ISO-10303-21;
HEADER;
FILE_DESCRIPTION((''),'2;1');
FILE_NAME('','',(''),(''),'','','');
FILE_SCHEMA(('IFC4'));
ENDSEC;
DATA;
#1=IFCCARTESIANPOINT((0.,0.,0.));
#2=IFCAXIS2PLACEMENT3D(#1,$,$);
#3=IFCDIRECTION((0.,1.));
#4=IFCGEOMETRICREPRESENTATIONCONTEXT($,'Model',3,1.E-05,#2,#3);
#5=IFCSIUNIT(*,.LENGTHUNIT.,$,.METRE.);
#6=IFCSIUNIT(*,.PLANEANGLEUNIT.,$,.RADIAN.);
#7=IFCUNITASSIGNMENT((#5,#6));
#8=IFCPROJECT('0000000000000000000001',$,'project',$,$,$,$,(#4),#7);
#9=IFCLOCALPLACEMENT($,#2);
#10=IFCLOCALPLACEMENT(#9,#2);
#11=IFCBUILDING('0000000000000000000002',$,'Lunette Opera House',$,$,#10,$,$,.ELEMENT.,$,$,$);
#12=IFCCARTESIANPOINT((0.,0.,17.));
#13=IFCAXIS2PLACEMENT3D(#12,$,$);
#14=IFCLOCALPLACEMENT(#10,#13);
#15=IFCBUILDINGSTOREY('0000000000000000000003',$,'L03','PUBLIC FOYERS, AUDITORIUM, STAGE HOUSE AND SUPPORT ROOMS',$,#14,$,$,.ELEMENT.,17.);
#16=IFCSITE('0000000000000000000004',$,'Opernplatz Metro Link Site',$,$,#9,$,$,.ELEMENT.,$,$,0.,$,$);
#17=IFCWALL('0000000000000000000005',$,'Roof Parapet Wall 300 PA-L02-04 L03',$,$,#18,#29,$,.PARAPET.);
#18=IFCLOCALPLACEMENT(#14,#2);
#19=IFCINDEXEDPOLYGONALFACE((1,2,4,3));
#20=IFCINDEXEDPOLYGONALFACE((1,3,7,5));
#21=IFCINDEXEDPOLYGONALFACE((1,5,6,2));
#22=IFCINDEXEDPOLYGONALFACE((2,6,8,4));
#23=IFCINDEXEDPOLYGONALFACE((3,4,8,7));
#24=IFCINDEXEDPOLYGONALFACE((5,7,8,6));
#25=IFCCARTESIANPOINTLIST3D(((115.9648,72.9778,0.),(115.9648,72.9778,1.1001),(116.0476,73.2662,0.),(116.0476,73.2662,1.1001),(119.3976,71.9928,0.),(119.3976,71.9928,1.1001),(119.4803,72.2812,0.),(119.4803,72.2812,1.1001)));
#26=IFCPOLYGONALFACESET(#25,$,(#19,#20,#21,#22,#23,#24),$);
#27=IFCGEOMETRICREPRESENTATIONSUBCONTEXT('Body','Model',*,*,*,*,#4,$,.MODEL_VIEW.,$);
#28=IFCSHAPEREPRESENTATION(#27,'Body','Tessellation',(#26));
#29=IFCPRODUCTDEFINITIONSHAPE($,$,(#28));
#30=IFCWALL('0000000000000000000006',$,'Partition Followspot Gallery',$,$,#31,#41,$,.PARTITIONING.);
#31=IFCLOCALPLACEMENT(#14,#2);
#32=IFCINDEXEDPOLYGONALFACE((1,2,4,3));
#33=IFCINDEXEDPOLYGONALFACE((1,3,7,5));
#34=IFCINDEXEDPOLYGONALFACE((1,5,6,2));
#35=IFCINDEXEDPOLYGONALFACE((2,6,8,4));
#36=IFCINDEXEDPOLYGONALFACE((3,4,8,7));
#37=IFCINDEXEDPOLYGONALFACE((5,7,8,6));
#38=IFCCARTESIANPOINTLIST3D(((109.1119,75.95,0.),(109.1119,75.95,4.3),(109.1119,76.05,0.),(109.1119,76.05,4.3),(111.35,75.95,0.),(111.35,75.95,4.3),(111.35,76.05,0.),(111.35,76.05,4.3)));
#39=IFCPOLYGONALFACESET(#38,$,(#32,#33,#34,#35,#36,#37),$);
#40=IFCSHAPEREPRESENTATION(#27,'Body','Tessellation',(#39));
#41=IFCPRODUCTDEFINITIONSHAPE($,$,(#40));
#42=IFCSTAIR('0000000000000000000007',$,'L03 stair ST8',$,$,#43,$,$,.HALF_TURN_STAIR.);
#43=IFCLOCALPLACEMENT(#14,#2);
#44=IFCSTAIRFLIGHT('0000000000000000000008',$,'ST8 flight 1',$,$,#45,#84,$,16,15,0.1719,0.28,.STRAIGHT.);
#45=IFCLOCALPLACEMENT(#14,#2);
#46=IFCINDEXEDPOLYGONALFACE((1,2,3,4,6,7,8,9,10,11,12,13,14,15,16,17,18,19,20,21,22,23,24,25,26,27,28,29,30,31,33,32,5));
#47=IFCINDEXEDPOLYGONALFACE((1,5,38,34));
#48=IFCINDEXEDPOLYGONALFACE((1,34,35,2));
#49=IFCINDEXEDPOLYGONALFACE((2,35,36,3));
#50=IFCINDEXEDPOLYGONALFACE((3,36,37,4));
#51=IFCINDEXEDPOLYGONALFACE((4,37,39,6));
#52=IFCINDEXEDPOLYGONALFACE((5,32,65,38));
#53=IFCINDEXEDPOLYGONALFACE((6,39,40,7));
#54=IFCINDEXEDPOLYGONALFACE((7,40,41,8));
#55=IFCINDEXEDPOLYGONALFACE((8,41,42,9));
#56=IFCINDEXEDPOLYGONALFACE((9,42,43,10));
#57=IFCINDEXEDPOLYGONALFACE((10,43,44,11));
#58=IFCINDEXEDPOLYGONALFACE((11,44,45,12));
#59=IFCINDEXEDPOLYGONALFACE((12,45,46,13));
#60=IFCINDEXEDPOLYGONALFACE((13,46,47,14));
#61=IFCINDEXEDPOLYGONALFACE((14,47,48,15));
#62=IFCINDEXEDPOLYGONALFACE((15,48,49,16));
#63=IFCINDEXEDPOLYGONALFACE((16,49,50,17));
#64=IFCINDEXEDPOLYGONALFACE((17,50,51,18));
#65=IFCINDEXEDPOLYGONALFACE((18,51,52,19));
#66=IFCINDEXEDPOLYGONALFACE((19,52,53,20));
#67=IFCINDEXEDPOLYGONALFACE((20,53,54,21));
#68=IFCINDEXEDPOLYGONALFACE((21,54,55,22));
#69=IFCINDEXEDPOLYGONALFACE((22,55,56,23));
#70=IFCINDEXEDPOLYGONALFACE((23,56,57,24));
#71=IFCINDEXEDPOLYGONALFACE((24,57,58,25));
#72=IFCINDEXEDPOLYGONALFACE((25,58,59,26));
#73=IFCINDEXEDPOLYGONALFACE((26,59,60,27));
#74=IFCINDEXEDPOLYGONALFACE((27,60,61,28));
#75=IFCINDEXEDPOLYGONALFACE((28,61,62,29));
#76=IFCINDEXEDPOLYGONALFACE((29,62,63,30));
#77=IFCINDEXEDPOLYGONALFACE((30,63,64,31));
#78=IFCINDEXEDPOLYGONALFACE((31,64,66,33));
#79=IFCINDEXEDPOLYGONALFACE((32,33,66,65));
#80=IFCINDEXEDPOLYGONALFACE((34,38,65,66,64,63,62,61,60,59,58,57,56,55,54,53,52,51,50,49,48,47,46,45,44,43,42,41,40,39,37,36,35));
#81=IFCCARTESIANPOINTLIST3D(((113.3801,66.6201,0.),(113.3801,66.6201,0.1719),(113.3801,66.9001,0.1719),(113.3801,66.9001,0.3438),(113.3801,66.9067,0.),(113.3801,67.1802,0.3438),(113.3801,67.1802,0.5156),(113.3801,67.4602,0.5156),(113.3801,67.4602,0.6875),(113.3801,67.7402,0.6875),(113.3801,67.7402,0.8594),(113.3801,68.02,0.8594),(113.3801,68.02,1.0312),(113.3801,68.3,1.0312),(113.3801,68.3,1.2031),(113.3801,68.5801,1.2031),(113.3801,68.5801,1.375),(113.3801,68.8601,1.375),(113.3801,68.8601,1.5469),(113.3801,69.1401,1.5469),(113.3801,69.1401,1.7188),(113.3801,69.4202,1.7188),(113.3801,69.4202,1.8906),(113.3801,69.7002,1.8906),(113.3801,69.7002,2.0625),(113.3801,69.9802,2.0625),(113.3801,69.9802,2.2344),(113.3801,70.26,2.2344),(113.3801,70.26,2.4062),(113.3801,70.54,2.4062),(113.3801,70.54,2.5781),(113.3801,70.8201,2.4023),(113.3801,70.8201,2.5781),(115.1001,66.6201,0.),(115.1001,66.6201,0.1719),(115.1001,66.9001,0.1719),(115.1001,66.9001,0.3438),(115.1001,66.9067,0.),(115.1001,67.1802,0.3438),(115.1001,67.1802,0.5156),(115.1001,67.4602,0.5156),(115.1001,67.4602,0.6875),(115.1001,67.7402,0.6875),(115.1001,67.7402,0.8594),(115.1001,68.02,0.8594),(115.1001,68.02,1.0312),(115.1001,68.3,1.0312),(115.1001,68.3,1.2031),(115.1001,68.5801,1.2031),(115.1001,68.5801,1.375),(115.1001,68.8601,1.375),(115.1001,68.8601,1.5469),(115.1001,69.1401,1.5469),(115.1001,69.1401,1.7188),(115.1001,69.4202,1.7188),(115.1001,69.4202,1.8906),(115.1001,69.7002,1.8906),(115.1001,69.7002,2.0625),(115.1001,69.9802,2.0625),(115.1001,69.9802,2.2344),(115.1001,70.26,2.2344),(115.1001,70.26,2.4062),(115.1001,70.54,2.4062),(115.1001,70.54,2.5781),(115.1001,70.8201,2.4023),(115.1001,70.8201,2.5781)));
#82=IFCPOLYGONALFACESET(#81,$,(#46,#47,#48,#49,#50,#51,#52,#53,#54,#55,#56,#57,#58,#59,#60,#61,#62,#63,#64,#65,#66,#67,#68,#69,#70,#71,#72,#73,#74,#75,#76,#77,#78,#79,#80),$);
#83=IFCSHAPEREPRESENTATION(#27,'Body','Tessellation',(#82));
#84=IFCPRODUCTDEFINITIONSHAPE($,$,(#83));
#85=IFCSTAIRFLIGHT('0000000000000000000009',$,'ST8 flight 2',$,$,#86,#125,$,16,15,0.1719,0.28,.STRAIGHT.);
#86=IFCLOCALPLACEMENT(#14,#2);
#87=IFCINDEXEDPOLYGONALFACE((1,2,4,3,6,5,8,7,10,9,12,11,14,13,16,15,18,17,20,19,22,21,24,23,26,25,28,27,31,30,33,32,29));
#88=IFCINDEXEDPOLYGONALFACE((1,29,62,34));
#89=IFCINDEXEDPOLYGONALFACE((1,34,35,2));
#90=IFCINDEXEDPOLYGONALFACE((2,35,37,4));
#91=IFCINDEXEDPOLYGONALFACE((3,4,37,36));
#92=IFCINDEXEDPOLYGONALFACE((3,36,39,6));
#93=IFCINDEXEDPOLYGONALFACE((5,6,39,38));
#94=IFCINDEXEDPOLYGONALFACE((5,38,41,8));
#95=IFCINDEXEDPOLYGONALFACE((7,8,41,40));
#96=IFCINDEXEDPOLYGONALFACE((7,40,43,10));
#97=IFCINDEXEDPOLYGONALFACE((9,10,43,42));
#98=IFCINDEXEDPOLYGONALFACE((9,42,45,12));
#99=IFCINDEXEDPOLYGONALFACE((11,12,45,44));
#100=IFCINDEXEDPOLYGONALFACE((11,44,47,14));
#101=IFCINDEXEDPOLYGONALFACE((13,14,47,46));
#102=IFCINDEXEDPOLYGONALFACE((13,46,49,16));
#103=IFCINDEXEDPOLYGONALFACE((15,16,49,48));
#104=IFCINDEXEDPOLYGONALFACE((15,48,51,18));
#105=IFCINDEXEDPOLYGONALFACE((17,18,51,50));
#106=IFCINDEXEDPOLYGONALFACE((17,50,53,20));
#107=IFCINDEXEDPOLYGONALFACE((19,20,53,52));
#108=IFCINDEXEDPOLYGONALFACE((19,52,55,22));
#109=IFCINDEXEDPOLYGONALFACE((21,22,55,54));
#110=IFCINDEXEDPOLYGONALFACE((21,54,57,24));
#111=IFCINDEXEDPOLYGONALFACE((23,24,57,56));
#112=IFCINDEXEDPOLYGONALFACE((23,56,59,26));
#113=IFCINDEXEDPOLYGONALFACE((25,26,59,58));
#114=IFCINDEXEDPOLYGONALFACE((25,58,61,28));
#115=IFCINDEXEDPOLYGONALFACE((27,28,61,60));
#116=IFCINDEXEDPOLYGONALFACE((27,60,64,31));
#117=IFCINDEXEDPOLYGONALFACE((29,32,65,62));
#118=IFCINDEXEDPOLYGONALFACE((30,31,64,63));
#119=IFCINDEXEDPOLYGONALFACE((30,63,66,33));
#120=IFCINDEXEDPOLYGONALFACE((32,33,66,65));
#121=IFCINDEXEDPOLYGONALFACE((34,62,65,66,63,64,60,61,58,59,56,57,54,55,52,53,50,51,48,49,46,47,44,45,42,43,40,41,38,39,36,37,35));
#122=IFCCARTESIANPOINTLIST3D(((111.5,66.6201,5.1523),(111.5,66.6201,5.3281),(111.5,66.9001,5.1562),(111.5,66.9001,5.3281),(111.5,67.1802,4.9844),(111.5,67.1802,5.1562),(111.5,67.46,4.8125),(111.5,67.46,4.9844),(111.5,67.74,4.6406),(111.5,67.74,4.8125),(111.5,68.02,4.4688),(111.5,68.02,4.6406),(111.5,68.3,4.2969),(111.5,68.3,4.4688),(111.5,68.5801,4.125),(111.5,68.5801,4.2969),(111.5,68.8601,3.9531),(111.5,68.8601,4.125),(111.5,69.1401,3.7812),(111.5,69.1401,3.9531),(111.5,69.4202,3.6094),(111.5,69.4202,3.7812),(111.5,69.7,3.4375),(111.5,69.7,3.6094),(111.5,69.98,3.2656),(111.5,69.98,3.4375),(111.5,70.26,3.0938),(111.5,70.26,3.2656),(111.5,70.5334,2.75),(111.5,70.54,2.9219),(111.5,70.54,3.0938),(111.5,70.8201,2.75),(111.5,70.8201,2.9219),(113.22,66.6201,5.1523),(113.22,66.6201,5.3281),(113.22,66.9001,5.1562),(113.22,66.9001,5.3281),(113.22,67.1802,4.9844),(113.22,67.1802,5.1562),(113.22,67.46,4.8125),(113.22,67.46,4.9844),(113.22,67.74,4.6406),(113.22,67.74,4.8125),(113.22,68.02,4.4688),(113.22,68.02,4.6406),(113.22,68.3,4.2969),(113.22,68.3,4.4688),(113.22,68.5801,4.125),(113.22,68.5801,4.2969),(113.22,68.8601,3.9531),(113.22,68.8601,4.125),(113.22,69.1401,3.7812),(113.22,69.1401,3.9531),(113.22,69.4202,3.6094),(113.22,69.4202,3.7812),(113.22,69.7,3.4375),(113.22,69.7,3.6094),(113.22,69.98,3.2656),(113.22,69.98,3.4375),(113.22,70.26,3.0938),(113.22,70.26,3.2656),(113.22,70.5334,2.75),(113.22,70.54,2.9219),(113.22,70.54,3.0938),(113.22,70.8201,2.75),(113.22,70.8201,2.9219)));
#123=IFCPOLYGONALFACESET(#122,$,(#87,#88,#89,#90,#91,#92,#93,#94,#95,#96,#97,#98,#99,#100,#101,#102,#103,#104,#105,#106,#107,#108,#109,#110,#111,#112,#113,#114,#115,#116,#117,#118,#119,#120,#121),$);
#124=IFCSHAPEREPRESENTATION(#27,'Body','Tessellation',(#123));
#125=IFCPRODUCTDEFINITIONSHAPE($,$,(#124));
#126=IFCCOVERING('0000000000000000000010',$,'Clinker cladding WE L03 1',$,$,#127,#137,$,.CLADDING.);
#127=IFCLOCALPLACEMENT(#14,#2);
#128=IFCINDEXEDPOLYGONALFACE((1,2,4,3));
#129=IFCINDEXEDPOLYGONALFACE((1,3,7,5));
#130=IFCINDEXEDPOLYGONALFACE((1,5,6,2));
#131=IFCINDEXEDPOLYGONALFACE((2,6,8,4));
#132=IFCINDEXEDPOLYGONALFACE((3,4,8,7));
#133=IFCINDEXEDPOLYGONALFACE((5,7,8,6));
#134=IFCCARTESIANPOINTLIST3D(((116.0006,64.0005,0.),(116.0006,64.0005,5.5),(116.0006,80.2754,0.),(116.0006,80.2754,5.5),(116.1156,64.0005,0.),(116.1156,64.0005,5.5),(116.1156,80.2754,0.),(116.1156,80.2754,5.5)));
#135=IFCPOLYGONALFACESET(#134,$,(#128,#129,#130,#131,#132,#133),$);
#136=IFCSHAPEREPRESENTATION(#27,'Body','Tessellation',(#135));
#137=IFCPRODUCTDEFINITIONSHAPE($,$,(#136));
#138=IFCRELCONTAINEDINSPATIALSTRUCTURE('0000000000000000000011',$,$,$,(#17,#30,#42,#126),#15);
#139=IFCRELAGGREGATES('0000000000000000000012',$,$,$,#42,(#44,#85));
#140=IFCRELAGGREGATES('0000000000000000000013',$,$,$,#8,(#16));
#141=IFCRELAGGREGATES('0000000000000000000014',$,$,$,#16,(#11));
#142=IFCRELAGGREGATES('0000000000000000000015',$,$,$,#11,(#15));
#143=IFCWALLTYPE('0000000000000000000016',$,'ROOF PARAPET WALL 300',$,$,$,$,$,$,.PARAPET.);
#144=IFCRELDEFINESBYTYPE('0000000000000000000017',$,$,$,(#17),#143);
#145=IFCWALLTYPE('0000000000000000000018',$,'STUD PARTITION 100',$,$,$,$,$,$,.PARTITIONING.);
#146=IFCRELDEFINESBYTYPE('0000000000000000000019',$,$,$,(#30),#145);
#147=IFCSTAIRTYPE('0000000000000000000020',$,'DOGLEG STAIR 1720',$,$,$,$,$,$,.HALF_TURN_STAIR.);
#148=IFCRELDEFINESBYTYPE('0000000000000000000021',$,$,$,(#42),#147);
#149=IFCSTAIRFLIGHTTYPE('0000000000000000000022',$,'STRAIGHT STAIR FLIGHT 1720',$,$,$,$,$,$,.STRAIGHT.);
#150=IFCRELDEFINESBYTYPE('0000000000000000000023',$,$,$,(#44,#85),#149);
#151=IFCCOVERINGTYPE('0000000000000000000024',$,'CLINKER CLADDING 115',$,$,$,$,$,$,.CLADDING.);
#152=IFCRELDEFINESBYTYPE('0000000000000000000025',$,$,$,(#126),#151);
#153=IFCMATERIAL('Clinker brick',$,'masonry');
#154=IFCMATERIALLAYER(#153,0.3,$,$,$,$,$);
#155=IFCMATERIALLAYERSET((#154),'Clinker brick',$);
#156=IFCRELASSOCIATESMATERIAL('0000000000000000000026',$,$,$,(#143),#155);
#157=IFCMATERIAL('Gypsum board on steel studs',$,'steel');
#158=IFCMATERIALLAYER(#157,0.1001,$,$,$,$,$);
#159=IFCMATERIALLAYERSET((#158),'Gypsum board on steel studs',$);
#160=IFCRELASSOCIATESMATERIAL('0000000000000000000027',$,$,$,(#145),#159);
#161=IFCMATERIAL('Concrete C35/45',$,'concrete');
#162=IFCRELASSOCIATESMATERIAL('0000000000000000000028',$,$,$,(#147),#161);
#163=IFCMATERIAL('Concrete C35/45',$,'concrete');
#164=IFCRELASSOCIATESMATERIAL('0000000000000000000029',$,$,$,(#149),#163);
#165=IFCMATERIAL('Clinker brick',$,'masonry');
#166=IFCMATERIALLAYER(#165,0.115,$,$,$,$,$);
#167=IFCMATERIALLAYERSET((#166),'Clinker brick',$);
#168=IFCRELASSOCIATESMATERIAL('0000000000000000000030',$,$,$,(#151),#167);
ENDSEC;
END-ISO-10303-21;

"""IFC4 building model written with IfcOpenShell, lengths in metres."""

from ifc_helpers import new_model, si_unit, direction, frame, frame_2d, origin, origin_2d, place, context, subcontext, project, spatial, polyline, rectangle, outline, extrude, material, layer, layer_set, type_object, element, aggregate, save


model = new_model("IFC4")

# Units and contexts
model_context = context("Model", 3, precision=1e-05, world=origin(), true_north=direction((0.0, 1.0)))
body_context = subcontext(model_context, "Body", "Model", "MODEL_VIEW")
ifc_project = project(units=[si_unit("LENGTHUNIT", "METRE"), si_unit("PLANEANGLEUNIT", "RADIAN")], contexts=[model_context])

# Site, building, storey
site_placement = place(None, origin())
site = spatial("IfcSite", under=ifc_project, at=site_placement, Name="Opernplatz Metro Link Site", CompositionType="ELEMENT", RefElevation=0.0)
building_placement = place(site_placement, origin())
building = spatial("IfcBuilding", under=site, at=building_placement, Name="Lunette Opera House", CompositionType="ELEMENT")
storey_placement = place(building_placement, frame((0.0, 0.0, 17.0)))
storey = spatial("IfcBuildingStorey", under=building, at=storey_placement, Name="L03", Description="PUBLIC FOYERS, AUDITORIUM, STAGE HOUSE AND SUPPORT ROOMS", CompositionType="ELEMENT", Elevation=17.0)

# Walls
ifc_material_1 = material(Name="Clinker brick", Category="masonry")
ifc_layer_1 = layer(ifc_material_1, 0.3)
ifc_layer_set_1 = layer_set([ifc_layer_1], Name="Clinker brick")
wall_type_1 = type_object("IfcWallType", Name="ROOF PARAPET WALL 300", PredefinedType="PARAPET", material=ifc_layer_set_1)
wall_1_placement = place(storey_placement, frame((119.439, 72.137, 0.0), z_axis=(0.0, 0.0, 1.0), x_axis=(-0.961206, 0.275831, 0.0)))
element("IfcWall", 1, at=wall_1_placement, inside=storey, type_object=wall_type_1, Name="Roof Parapet Wall 300 PA-L02-04 L03", PredefinedType="PARAPET", context=body_context, shape_type="SweptSolid", body=[
    extrude(rectangle(XDim=3.5713, YDim=0.3, at=frame_2d((1.7856, 0.0))), origin(), (0.0, 0.0, 1.0), 1.1001),
])
ifc_material_2 = material(Name="Gypsum board on steel studs", Category="steel")
ifc_layer_2 = layer(ifc_material_2, 0.1001)
ifc_layer_set_2 = layer_set([ifc_layer_2], Name="Gypsum board on steel studs")
wall_type_2 = type_object("IfcWallType", Name="STUD PARTITION 100", PredefinedType="PARTITIONING", material=ifc_layer_set_2)
wall_2_placement = place(storey_placement, frame((111.3501, 76.0, 0.0), z_axis=(0.0, 0.0, 1.0), x_axis=(-1.0, 0.0, 0.0)))
element("IfcWall", 2, at=wall_2_placement, inside=storey, type_object=wall_type_2, Name="Partition Followspot Gallery", PredefinedType="PARTITIONING", context=body_context, shape_type="SweptSolid", body=[
    extrude(rectangle(XDim=2.238, YDim=0.1001, at=frame_2d((1.1191, 0.0))), origin(), (0.0, 0.0, 1.0), 4.3),
])

# Stair, stair flights
ifc_material_3 = material(Name="Concrete C35/45", Category="concrete")
stair_type = type_object("IfcStairType", Name="DOGLEG STAIR 1720", PredefinedType="HALF_TURN_STAIR", material=ifc_material_3)
stair_placement = place(storey_placement, origin())
stair = element("IfcStair", 3, at=stair_placement, inside=storey, type_object=stair_type, Name="L03 stair ST8", PredefinedType="HALF_TURN_STAIR")
ifc_material_4 = material(Name="Concrete C35/45", Category="concrete")
stair_flight_type = type_object("IfcStairFlightType", Name="STRAIGHT STAIR FLIGHT 1720", PredefinedType="STRAIGHT", material=ifc_material_4)
stair_flight_1_placement = place(storey_placement, frame((114.24, 66.6201, 0.0), z_axis=(0.0, 0.0, 1.0), x_axis=(0.0, 1.0, 0.0)))
stair_flight_1 = element("IfcStairFlight", 4, at=stair_flight_1_placement, type_object=stair_flight_type, Name="ST8 flight 1", NumberOfRisers=16, NumberOfTreads=15, PredefinedType="STRAIGHT", RiserHeight=0.1719, TreadLength=0.28, context=body_context, shape_type="SweptSolid", body=[
    extrude(outline(polyline([(0.0, 0.0), (0.0, 0.1719), (0.28, 0.1719), (0.28, 0.3438), (0.5601, 0.3438), (0.5601, 0.5156), (0.8401, 0.5156), (0.8401, 0.6875), (1.1201, 0.6875), (1.1201, 0.8594), (1.3999, 0.8594), (1.3999, 1.0312), (1.6799, 1.0312), (1.6799, 1.2031), (1.96, 1.2031), (1.96, 1.375), (2.24, 1.375), (2.24, 1.5469), (2.52, 1.5469), (2.52, 1.7188), (2.8, 1.7188), (2.8, 1.8906), (3.0801, 1.8906), (3.0801, 2.0625), (3.3601, 2.0625), (3.3601, 2.2344), (3.6399, 2.2344), (3.6399, 2.4062), (3.9199, 2.4062), (3.9199, 2.5781), (4.2, 2.5781), (4.2, 2.75), (4.2, 2.4023), (0.2866, 0.0), (0.0, 0.0)])), frame((0.0, 0.8599, 0.0), z_axis=(0.0, -1.0, 0.0), x_axis=(1.0, 0.0, 0.0)), (0.0, 0.0, 1.0), 1.72),
])
stair_flight_2_placement = place(storey_placement, frame((112.3601, 70.8201, 2.75), z_axis=(0.0, 0.0, 1.0), x_axis=(0.0, -1.0, 0.0)))
stair_flight_2 = element("IfcStairFlight", 5, at=stair_flight_2_placement, type_object=stair_flight_type, Name="ST8 flight 2", NumberOfRisers=16, NumberOfTreads=15, PredefinedType="STRAIGHT", RiserHeight=0.1719, TreadLength=0.28, context=body_context, shape_type="SweptSolid", body=[
    extrude(outline(polyline([(0.0, 0.0), (0.0, 0.1719), (0.28, 0.1719), (0.28, 0.3438), (0.5601, 0.3438), (0.5601, 0.5156), (0.8401, 0.5156), (0.8401, 0.6875), (1.1201, 0.6875), (1.1201, 0.8594), (1.3999, 0.8594), (1.3999, 1.0312), (1.6799, 1.0312), (1.6799, 1.2031), (1.96, 1.2031), (1.96, 1.375), (2.24, 1.375), (2.24, 1.5469), (2.52, 1.5469), (2.52, 1.7188), (2.8, 1.7188), (2.8, 1.8906), (3.0801, 1.8906), (3.0801, 2.0625), (3.3601, 2.0625), (3.3601, 2.2344), (3.6399, 2.2344), (3.6399, 2.4062), (3.9199, 2.4062), (3.9199, 2.5781), (4.2, 2.5781), (4.2, 2.75), (4.2, 2.4023), (0.2866, 0.0), (0.0, 0.0)])), frame((0.0, 0.8599, 0.0), z_axis=(0.0, -1.0, 0.0), x_axis=(1.0, 0.0, 0.0)), (0.0, 0.0, 1.0), 1.72),
])
aggregate(stair, [stair_flight_1, stair_flight_2])

# Covering
ifc_material_5 = material(Name="Clinker brick", Category="masonry")
ifc_layer_3 = layer(ifc_material_5, 0.115)
ifc_layer_set_3 = layer_set([ifc_layer_3], Name="Clinker brick")
covering_type = type_object("IfcCoveringType", Name="CLINKER CLADDING 115", PredefinedType="CLADDING", material=ifc_layer_set_3)
covering_placement = place(storey_placement, frame((116.0581, 72.1379, 0.0), z_axis=(0.0, 0.0, 1.0), x_axis=(1.0, 0.0, 0.0)))
element("IfcCovering", 6, at=covering_placement, inside=storey, type_object=covering_type, Name="Clinker cladding WE L03 1", PredefinedType="CLADDING", context=body_context, shape_type="SweptSolid", body=[
    extrude(rectangle(XDim=0.115, YDim=16.2749, at=origin_2d()), origin(), (0.0, 0.0, 1.0), 5.5),
])

save(model, "model.ifc")
